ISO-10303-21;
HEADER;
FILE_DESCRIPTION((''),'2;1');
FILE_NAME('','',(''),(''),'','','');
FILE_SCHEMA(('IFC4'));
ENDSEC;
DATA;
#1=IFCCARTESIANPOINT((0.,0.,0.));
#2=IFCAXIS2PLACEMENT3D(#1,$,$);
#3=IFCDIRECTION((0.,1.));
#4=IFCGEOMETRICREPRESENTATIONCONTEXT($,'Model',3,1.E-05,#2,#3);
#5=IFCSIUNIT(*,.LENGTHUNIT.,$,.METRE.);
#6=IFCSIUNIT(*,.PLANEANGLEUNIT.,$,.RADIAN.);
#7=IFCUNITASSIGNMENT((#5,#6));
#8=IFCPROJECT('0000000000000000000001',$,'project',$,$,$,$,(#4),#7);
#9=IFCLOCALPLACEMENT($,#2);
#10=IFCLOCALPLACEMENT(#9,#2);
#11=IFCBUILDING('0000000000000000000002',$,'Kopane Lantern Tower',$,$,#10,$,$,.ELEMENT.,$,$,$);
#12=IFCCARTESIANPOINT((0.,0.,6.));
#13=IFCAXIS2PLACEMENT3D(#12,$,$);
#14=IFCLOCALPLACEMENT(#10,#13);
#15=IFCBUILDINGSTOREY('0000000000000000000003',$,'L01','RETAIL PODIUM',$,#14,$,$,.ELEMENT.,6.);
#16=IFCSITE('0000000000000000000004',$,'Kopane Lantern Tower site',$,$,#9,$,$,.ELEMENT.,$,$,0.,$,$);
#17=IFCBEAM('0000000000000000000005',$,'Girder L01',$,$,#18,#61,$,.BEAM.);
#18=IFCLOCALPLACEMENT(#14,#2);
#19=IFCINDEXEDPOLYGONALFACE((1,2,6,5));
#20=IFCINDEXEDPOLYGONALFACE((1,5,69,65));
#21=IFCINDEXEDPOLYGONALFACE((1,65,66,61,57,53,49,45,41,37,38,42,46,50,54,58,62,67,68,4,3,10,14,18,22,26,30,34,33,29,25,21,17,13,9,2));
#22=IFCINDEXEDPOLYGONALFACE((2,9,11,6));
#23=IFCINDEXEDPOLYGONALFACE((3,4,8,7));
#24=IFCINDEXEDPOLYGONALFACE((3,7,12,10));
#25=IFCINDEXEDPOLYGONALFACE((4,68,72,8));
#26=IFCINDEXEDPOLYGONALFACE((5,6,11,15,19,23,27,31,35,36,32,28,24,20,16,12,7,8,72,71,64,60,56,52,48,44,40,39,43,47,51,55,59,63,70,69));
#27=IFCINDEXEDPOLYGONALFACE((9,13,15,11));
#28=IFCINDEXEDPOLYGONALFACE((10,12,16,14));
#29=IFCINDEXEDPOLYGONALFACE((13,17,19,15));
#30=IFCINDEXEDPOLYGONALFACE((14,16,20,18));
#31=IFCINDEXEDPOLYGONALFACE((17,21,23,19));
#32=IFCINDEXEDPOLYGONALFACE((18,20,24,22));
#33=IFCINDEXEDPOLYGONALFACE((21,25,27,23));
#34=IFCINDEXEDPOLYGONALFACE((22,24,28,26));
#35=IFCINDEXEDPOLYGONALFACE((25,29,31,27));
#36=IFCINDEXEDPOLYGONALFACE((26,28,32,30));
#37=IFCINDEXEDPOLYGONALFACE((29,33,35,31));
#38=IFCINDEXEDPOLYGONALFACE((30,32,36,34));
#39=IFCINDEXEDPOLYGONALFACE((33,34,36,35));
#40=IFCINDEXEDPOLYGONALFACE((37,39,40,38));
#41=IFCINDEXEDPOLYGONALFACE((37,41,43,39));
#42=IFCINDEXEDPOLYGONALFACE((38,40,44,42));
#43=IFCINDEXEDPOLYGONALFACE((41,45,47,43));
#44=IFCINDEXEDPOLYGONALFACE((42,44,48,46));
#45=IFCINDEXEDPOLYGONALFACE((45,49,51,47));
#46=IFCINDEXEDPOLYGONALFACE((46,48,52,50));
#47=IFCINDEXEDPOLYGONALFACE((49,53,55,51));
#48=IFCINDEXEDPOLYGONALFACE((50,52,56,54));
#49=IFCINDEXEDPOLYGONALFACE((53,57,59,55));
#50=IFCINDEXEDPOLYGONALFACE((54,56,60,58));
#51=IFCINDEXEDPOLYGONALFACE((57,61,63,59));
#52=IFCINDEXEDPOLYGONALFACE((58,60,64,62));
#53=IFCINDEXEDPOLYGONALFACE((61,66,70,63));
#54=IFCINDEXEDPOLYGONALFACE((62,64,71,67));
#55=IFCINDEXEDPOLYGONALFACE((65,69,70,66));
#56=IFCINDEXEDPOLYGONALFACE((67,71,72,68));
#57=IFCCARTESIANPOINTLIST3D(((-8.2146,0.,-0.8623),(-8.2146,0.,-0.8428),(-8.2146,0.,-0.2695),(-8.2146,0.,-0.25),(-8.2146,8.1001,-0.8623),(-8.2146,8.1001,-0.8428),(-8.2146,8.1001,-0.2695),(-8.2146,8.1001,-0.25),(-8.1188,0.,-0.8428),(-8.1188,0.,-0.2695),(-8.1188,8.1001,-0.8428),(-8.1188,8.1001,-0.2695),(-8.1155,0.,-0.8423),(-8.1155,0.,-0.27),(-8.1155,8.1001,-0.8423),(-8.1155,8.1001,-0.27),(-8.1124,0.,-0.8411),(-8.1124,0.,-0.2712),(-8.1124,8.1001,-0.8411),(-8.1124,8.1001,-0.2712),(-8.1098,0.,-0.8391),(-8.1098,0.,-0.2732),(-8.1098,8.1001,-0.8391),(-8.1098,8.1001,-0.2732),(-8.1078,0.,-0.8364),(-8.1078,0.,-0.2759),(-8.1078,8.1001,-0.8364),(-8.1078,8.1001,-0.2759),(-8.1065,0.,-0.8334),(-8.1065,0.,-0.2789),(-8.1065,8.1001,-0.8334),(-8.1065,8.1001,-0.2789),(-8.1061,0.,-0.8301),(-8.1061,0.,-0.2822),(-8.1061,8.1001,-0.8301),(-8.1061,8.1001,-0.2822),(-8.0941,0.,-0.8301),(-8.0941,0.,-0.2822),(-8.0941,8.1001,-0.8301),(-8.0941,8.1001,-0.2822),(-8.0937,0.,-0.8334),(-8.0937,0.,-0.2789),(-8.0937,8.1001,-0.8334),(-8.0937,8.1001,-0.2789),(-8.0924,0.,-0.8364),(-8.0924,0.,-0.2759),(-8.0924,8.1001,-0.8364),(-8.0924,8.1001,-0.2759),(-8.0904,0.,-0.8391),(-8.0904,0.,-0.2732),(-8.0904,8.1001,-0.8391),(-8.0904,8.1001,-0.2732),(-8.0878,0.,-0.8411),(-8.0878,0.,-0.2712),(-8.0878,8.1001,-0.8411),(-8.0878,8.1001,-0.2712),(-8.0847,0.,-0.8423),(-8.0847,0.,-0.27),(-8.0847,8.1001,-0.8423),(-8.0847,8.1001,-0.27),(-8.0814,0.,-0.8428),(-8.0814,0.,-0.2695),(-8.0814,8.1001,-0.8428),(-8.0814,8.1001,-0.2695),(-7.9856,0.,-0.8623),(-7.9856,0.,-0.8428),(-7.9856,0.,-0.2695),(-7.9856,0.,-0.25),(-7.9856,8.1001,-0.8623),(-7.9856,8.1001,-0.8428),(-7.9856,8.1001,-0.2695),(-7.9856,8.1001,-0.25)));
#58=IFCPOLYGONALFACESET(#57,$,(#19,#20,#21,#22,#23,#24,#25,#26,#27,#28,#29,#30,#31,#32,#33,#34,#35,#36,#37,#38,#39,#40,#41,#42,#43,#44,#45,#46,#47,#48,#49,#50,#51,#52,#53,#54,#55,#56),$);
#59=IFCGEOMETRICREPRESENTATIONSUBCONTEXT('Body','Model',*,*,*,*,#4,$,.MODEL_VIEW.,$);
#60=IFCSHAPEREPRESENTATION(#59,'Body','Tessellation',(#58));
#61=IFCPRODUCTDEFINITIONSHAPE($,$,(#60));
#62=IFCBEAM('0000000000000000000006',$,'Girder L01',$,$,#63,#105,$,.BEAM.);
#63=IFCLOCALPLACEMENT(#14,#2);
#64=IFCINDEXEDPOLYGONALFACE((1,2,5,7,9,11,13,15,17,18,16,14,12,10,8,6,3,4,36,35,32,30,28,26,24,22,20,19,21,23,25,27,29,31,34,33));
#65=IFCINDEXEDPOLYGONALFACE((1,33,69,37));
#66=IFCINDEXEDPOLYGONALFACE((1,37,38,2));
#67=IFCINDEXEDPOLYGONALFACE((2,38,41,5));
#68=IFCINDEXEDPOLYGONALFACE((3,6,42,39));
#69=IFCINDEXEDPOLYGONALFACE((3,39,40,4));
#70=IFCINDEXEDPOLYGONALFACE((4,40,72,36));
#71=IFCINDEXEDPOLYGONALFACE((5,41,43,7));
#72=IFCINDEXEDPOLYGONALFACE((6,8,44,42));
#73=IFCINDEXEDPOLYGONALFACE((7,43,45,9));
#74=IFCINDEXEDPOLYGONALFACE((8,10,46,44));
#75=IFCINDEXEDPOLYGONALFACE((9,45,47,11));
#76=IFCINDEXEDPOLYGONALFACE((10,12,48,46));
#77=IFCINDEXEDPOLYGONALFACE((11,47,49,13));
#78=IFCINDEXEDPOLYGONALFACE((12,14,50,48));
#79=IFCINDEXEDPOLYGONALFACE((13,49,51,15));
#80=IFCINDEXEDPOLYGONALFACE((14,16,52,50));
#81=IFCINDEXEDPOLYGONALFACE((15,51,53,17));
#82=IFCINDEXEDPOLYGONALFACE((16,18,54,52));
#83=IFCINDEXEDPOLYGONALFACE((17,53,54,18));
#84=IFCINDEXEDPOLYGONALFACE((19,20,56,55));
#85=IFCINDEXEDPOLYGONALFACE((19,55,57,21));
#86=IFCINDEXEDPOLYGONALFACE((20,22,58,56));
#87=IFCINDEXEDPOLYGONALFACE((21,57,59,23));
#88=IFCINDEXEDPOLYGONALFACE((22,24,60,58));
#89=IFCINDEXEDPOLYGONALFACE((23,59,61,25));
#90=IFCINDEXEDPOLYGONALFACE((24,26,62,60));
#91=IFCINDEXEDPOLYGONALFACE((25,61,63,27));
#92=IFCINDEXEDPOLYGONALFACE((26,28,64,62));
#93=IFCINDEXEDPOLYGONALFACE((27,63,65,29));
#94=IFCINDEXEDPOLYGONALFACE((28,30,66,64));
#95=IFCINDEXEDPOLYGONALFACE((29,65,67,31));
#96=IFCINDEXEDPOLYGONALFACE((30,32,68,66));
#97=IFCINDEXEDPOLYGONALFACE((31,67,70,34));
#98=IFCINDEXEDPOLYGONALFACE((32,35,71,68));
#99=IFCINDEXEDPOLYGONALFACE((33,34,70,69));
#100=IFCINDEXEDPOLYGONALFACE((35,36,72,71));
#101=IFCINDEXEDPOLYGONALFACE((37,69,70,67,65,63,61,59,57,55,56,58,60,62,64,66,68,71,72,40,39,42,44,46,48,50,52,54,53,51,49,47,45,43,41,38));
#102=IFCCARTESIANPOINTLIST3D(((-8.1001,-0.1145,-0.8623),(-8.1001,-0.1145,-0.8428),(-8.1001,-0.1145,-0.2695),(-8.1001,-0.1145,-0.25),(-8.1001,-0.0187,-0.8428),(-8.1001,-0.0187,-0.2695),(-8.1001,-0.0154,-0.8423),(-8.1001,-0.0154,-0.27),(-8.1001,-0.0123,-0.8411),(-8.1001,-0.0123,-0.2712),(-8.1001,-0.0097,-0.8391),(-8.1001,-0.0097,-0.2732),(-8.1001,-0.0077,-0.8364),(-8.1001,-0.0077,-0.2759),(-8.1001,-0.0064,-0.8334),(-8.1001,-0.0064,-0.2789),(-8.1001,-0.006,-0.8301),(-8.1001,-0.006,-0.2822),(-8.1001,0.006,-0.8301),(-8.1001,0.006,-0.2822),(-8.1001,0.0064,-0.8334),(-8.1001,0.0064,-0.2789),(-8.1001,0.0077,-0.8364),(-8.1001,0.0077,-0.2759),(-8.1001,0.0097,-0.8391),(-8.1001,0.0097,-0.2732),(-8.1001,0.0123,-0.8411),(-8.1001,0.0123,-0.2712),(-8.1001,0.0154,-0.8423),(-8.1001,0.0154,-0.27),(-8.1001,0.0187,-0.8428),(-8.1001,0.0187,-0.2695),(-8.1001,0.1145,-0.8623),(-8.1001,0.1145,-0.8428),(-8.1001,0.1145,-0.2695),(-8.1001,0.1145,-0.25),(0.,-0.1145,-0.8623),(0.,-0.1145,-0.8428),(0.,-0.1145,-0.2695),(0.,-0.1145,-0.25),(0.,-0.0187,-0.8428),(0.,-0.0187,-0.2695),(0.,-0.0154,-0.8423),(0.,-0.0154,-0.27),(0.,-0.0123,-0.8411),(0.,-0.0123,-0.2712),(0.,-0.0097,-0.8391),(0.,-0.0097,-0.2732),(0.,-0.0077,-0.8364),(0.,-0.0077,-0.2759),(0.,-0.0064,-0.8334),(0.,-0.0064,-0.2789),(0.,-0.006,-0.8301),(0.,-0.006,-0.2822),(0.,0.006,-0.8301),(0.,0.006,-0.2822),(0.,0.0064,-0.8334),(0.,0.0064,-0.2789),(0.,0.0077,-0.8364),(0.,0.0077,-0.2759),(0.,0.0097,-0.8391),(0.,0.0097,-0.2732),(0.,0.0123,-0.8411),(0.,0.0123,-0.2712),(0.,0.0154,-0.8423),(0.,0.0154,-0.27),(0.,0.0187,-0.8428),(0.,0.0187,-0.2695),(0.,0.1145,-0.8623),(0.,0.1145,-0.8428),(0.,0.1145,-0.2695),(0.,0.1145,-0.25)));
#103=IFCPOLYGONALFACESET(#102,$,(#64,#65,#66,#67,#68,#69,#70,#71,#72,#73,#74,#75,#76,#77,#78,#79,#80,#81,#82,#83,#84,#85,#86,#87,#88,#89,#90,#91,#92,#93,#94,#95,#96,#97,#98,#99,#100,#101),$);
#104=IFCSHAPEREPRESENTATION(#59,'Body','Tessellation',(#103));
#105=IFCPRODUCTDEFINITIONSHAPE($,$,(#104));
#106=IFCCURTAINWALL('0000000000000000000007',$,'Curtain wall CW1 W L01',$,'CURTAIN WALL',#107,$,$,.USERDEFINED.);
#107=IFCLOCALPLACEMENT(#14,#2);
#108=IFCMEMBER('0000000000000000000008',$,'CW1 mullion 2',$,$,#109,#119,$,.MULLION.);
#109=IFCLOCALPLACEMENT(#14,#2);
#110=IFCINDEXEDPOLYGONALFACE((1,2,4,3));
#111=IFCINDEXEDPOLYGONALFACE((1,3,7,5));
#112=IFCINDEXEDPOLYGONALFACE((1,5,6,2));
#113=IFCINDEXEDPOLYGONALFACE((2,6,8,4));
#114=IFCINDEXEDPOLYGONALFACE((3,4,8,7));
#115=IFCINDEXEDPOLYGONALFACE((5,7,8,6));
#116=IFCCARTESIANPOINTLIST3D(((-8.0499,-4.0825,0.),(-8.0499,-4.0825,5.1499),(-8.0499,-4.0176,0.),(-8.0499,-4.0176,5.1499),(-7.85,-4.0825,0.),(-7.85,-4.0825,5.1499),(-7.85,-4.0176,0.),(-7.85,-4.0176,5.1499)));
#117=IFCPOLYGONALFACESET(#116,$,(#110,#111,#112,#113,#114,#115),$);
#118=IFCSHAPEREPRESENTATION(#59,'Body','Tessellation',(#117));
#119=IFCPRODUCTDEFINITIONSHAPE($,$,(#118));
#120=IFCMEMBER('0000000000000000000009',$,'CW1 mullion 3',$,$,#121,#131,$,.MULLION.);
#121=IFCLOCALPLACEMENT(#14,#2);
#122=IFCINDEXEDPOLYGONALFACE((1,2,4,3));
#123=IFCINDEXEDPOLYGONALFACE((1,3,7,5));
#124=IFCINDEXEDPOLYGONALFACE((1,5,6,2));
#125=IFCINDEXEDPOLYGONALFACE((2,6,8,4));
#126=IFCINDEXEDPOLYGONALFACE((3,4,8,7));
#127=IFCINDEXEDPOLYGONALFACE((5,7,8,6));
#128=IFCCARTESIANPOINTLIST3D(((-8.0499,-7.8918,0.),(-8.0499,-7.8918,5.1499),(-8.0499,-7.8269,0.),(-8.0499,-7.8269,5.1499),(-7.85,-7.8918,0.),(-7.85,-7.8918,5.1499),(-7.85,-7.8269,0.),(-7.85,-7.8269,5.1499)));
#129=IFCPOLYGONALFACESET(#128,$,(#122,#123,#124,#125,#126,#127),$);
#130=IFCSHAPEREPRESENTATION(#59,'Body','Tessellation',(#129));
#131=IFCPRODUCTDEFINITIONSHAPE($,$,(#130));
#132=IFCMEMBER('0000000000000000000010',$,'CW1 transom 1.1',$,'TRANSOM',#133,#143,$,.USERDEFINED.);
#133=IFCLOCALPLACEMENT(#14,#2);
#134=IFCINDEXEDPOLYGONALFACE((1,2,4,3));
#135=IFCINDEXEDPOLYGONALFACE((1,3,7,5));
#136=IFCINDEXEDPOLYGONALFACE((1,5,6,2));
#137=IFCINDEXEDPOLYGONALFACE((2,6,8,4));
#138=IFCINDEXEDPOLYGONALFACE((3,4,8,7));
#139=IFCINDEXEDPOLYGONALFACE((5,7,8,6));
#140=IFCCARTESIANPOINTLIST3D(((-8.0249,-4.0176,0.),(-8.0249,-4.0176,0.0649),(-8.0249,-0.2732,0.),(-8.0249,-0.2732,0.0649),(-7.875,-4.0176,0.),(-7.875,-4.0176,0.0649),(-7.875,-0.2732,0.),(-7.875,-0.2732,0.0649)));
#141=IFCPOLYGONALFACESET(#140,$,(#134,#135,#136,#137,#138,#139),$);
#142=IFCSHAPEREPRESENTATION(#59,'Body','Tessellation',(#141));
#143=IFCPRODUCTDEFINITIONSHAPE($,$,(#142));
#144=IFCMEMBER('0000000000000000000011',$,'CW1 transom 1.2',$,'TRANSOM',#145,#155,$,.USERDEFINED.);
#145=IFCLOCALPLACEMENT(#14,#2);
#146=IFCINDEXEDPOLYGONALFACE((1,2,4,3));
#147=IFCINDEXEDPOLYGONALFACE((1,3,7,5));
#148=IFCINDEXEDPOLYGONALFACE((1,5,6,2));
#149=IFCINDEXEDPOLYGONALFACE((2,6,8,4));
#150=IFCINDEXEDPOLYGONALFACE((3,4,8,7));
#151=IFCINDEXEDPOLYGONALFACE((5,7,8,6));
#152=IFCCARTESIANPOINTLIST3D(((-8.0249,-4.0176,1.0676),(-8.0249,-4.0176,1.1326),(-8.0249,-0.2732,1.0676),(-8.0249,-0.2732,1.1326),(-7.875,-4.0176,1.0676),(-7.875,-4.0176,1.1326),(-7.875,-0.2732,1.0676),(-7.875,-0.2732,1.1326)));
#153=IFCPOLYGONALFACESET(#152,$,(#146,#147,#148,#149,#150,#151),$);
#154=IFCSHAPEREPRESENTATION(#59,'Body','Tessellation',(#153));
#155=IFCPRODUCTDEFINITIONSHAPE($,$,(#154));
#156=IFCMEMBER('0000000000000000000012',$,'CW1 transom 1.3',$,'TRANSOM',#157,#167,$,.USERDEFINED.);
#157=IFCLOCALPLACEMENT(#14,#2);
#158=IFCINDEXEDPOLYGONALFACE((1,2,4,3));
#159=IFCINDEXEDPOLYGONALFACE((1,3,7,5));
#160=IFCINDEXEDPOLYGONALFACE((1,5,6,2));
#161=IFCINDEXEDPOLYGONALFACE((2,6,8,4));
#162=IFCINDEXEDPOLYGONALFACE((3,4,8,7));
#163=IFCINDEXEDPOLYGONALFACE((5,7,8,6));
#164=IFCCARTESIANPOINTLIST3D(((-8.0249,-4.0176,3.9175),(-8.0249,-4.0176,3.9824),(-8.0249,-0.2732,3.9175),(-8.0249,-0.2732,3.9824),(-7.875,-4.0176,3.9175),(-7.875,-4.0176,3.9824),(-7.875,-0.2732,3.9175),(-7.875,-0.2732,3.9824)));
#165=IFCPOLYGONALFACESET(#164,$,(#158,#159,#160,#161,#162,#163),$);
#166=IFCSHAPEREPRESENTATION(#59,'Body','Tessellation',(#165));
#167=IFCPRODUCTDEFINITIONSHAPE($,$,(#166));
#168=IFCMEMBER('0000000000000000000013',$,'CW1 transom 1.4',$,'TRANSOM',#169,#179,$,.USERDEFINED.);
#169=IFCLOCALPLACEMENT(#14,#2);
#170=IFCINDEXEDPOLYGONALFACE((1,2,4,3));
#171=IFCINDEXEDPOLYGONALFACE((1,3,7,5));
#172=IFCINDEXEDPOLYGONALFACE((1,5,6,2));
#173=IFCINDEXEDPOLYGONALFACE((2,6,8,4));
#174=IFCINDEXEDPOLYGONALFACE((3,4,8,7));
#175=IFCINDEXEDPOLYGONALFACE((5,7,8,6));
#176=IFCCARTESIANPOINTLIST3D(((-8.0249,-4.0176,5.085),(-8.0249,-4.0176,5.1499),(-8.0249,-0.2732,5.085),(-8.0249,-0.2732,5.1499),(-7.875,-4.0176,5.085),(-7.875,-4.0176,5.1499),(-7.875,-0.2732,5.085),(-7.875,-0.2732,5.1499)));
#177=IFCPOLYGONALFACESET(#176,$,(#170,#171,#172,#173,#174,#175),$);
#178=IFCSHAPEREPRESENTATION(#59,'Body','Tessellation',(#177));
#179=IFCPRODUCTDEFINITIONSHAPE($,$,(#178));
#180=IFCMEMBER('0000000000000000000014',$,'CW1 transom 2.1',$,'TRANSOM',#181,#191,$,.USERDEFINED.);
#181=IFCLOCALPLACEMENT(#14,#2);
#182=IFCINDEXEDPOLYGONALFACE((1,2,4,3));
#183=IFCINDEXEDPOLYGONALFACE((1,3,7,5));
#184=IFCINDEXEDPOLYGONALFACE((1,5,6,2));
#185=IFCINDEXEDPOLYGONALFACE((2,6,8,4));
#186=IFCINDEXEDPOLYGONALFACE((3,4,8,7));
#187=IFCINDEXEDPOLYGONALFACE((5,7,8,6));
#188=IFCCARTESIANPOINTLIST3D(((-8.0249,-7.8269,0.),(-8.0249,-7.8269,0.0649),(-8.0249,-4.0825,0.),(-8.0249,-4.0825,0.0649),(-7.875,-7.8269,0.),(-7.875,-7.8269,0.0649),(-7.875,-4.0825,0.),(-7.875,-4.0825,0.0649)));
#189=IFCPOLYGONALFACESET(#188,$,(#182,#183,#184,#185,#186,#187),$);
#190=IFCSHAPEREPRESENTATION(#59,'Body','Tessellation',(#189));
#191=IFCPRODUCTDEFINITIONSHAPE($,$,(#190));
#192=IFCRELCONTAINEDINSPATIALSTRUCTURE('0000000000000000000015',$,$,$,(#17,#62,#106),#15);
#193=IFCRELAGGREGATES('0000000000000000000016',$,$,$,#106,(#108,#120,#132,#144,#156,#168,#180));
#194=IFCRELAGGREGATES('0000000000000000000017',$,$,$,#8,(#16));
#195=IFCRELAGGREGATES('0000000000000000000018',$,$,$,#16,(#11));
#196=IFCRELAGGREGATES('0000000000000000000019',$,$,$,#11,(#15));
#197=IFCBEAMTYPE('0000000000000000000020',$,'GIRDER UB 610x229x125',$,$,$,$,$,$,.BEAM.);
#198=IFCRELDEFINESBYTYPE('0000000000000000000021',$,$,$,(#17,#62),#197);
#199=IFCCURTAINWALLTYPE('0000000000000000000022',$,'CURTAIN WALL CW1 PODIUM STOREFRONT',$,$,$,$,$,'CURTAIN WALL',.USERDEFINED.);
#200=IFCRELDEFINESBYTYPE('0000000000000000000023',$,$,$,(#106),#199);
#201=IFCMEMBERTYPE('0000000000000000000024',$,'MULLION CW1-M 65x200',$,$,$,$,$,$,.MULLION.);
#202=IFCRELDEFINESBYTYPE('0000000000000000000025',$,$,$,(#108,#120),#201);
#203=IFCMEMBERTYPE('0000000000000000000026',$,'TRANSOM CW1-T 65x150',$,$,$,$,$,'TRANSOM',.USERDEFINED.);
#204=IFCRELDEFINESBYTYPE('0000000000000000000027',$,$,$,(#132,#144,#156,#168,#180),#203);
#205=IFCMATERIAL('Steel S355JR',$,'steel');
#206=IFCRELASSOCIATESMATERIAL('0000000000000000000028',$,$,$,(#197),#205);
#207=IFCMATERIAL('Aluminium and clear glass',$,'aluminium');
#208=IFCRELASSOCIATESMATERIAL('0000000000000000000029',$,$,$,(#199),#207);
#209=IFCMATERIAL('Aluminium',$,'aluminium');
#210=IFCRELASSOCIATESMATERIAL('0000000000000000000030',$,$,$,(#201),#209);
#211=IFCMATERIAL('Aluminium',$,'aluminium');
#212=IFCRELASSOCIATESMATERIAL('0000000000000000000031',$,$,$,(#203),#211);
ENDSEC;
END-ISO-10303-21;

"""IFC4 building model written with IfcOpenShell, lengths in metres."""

from ifc_helpers import new_model, si_unit, direction, frame, origin, origin_2d, place, context, subcontext, project, spatial, rectangle, i_section, extrude, material, material_profile, profile_set, type_object, element, aggregate, save


model = new_model("IFC4")

# Units and contexts
model_context = context("Model", 3, precision=1e-05, world=origin(), true_north=direction((0.0, 1.0)))
body_context = subcontext(model_context, "Body", "Model", "MODEL_VIEW")
ifc_project = project(units=[si_unit("LENGTHUNIT", "METRE"), si_unit("PLANEANGLEUNIT", "RADIAN")], contexts=[model_context])

# Site, building, storey
site_placement = place(None, origin())
site = spatial("IfcSite", under=ifc_project, at=site_placement, Name="Kopane Lantern Tower site", CompositionType="ELEMENT", RefElevation=0.0)
building_placement = place(site_placement, origin())
building = spatial("IfcBuilding", under=site, at=building_placement, Name="Kopane Lantern Tower", CompositionType="ELEMENT")
storey_placement = place(building_placement, frame((0.0, 0.0, 6.0)))
storey = spatial("IfcBuildingStorey", under=building, at=storey_placement, Name="L01", Description="RETAIL PODIUM", CompositionType="ELEMENT", Elevation=6.0)

# Beams
ifc_material_1 = material(Name="Steel S355JR", Category="steel")
ifc_material_profile_1 = material_profile(ifc_material_1, i_section(OverallWidth=0.229, OverallDepth=0.6123, WebThickness=0.012, FlangeThickness=0.0195, FilletRadius=0.0127, at=origin_2d()), Name="UB 610x229x125")
ifc_profile_set_1 = profile_set([ifc_material_profile_1], Name="Steel S355JR")
beam_type = type_object("IfcBeamType", Name="GIRDER UB 610x229x125", PredefinedType="BEAM", material=ifc_profile_set_1)
for number, where, z_axis, x_axis, name in (
    (1, (-8.1001, 0.0, -0.5562), (0.0, 1.0, 0.0), (-1.0, 0.0, 0.0), "Girder L01"),
    (2, (-8.1001, 0.0, -0.5562), (1.0, 0.0, 0.0), (0.0, 1.0, 0.0), "Girder L01"),
):
    element("IfcBeam", number, at=place(storey_placement, frame(where, z_axis=z_axis, x_axis=x_axis)), inside=storey, type_object=beam_type, Name=name, PredefinedType="BEAM", context=body_context, shape_type="SweptSolid", body=[
        extrude(i_section(OverallWidth=0.229, OverallDepth=0.6123, WebThickness=0.012, FlangeThickness=0.0195, FilletRadius=0.0127, at=origin_2d()), origin(), (0.0, 0.0, 1.0), 8.1001),
    ])

# Curtain wall, members
ifc_material_2 = material(Name="Aluminium and clear glass", Category="aluminium")
curtain_wall_type = type_object("IfcCurtainWallType", Name="CURTAIN WALL CW1 PODIUM STOREFRONT", ElementType="CURTAIN WALL", PredefinedType="USERDEFINED", material=ifc_material_2)
curtain_wall_placement = place(storey_placement, origin())
curtain_wall = element("IfcCurtainWall", 3, at=curtain_wall_placement, inside=storey, type_object=curtain_wall_type, Name="Curtain wall CW1 W L01", ObjectType="CURTAIN WALL", PredefinedType="USERDEFINED")
ifc_material_3 = material(Name="Aluminium", Category="aluminium")
ifc_material_profile_2 = material_profile(ifc_material_3, rectangle(XDim=0.0649, YDim=0.2, at=origin_2d()), Name="AL 65x200")
ifc_profile_set_2 = profile_set([ifc_material_profile_2], Name="Aluminium")
member_type_1 = type_object("IfcMemberType", Name="MULLION CW1-M 65x200", PredefinedType="MULLION", material=ifc_profile_set_2)
member_1_placement = place(storey_placement, frame((-7.95, -4.05, 0.0), z_axis=(0.0, 0.0, 1.0), x_axis=(0.0, -1.0, 0.0)))
member_1 = element("IfcMember", 4, at=member_1_placement, type_object=member_type_1, Name="CW1 mullion 2", PredefinedType="MULLION", context=body_context, shape_type="SweptSolid", body=[
    extrude(rectangle(XDim=0.0649, YDim=0.2, at=origin_2d()), origin(), (0.0, 0.0, 1.0), 5.1499),
])
member_2_placement = place(storey_placement, frame((-7.95, -7.8594, 0.0), z_axis=(0.0, 0.0, 1.0), x_axis=(0.0, -1.0, 0.0)))
member_2 = element("IfcMember", 5, at=member_2_placement, type_object=member_type_1, Name="CW1 mullion 3", PredefinedType="MULLION", context=body_context, shape_type="SweptSolid", body=[
    extrude(rectangle(XDim=0.0649, YDim=0.2, at=origin_2d()), origin(), (0.0, 0.0, 1.0), 5.1499),
])
ifc_material_4 = material(Name="Aluminium", Category="aluminium")
ifc_material_profile_3 = material_profile(ifc_material_4, rectangle(XDim=0.1499, YDim=0.0649, at=origin_2d()), Name="AL 150x65")
ifc_profile_set_3 = profile_set([ifc_material_profile_3], Name="Aluminium")
member_type_2 = type_object("IfcMemberType", Name="TRANSOM CW1-T 65x150", ElementType="TRANSOM", PredefinedType="USERDEFINED", material=ifc_profile_set_3)
member_3_placement = place(storey_placement, frame((-7.95, -0.2732, 0.0325), z_axis=(0.0, -1.0, 0.0), x_axis=(1.0, 0.0, 0.0)))
member_3 = element("IfcMember", 6, at=member_3_placement, type_object=member_type_2, Name="CW1 transom 1.1", ObjectType="TRANSOM", PredefinedType="USERDEFINED", context=body_context, shape_type="SweptSolid", body=[
    extrude(rectangle(XDim=0.1499, YDim=0.0649, at=origin_2d()), origin(), (0.0, 0.0, 1.0), 3.7444),
])
member_4_placement = place(storey_placement, frame((-7.95, -0.2732, 1.1001), z_axis=(0.0, -1.0, 0.0), x_axis=(1.0, 0.0, 0.0)))
member_4 = element("IfcMember", 7, at=member_4_placement, type_object=member_type_2, Name="CW1 transom 1.2", ObjectType="TRANSOM", PredefinedType="USERDEFINED", context=body_context, shape_type="SweptSolid", body=[
    extrude(rectangle(XDim=0.1499, YDim=0.0649, at=origin_2d()), origin(), (0.0, 0.0, 1.0), 3.7444),
])
member_5_placement = place(storey_placement, frame((-7.95, -0.2732, 3.95), z_axis=(0.0, -1.0, 0.0), x_axis=(1.0, 0.0, 0.0)))
member_5 = element("IfcMember", 8, at=member_5_placement, type_object=member_type_2, Name="CW1 transom 1.3", ObjectType="TRANSOM", PredefinedType="USERDEFINED", context=body_context, shape_type="SweptSolid", body=[
    extrude(rectangle(XDim=0.1499, YDim=0.0649, at=origin_2d()), origin(), (0.0, 0.0, 1.0), 3.7444),
])
member_6_placement = place(storey_placement, frame((-7.95, -0.2732, 5.1174), z_axis=(0.0, -1.0, 0.0), x_axis=(1.0, 0.0, 0.0)))
member_6 = element("IfcMember", 9, at=member_6_placement, type_object=member_type_2, Name="CW1 transom 1.4", ObjectType="TRANSOM", PredefinedType="USERDEFINED", context=body_context, shape_type="SweptSolid", body=[
    extrude(rectangle(XDim=0.1499, YDim=0.0649, at=origin_2d()), origin(), (0.0, 0.0, 1.0), 3.7444),
])
member_7_placement = place(storey_placement, frame((-7.95, -4.0825, 0.0325), z_axis=(0.0, -1.0, 0.0), x_axis=(1.0, 0.0, 0.0)))
member_7 = element("IfcMember", 10, at=member_7_placement, type_object=member_type_2, Name="CW1 transom 2.1", ObjectType="TRANSOM", PredefinedType="USERDEFINED", context=body_context, shape_type="SweptSolid", body=[
    extrude(rectangle(XDim=0.1499, YDim=0.0649, at=origin_2d()), origin(), (0.0, 0.0, 1.0), 3.7444),
])
aggregate(curtain_wall, [member_1, member_2, member_3, member_4, member_5, member_6, member_7])

save(model, "model.ifc")
